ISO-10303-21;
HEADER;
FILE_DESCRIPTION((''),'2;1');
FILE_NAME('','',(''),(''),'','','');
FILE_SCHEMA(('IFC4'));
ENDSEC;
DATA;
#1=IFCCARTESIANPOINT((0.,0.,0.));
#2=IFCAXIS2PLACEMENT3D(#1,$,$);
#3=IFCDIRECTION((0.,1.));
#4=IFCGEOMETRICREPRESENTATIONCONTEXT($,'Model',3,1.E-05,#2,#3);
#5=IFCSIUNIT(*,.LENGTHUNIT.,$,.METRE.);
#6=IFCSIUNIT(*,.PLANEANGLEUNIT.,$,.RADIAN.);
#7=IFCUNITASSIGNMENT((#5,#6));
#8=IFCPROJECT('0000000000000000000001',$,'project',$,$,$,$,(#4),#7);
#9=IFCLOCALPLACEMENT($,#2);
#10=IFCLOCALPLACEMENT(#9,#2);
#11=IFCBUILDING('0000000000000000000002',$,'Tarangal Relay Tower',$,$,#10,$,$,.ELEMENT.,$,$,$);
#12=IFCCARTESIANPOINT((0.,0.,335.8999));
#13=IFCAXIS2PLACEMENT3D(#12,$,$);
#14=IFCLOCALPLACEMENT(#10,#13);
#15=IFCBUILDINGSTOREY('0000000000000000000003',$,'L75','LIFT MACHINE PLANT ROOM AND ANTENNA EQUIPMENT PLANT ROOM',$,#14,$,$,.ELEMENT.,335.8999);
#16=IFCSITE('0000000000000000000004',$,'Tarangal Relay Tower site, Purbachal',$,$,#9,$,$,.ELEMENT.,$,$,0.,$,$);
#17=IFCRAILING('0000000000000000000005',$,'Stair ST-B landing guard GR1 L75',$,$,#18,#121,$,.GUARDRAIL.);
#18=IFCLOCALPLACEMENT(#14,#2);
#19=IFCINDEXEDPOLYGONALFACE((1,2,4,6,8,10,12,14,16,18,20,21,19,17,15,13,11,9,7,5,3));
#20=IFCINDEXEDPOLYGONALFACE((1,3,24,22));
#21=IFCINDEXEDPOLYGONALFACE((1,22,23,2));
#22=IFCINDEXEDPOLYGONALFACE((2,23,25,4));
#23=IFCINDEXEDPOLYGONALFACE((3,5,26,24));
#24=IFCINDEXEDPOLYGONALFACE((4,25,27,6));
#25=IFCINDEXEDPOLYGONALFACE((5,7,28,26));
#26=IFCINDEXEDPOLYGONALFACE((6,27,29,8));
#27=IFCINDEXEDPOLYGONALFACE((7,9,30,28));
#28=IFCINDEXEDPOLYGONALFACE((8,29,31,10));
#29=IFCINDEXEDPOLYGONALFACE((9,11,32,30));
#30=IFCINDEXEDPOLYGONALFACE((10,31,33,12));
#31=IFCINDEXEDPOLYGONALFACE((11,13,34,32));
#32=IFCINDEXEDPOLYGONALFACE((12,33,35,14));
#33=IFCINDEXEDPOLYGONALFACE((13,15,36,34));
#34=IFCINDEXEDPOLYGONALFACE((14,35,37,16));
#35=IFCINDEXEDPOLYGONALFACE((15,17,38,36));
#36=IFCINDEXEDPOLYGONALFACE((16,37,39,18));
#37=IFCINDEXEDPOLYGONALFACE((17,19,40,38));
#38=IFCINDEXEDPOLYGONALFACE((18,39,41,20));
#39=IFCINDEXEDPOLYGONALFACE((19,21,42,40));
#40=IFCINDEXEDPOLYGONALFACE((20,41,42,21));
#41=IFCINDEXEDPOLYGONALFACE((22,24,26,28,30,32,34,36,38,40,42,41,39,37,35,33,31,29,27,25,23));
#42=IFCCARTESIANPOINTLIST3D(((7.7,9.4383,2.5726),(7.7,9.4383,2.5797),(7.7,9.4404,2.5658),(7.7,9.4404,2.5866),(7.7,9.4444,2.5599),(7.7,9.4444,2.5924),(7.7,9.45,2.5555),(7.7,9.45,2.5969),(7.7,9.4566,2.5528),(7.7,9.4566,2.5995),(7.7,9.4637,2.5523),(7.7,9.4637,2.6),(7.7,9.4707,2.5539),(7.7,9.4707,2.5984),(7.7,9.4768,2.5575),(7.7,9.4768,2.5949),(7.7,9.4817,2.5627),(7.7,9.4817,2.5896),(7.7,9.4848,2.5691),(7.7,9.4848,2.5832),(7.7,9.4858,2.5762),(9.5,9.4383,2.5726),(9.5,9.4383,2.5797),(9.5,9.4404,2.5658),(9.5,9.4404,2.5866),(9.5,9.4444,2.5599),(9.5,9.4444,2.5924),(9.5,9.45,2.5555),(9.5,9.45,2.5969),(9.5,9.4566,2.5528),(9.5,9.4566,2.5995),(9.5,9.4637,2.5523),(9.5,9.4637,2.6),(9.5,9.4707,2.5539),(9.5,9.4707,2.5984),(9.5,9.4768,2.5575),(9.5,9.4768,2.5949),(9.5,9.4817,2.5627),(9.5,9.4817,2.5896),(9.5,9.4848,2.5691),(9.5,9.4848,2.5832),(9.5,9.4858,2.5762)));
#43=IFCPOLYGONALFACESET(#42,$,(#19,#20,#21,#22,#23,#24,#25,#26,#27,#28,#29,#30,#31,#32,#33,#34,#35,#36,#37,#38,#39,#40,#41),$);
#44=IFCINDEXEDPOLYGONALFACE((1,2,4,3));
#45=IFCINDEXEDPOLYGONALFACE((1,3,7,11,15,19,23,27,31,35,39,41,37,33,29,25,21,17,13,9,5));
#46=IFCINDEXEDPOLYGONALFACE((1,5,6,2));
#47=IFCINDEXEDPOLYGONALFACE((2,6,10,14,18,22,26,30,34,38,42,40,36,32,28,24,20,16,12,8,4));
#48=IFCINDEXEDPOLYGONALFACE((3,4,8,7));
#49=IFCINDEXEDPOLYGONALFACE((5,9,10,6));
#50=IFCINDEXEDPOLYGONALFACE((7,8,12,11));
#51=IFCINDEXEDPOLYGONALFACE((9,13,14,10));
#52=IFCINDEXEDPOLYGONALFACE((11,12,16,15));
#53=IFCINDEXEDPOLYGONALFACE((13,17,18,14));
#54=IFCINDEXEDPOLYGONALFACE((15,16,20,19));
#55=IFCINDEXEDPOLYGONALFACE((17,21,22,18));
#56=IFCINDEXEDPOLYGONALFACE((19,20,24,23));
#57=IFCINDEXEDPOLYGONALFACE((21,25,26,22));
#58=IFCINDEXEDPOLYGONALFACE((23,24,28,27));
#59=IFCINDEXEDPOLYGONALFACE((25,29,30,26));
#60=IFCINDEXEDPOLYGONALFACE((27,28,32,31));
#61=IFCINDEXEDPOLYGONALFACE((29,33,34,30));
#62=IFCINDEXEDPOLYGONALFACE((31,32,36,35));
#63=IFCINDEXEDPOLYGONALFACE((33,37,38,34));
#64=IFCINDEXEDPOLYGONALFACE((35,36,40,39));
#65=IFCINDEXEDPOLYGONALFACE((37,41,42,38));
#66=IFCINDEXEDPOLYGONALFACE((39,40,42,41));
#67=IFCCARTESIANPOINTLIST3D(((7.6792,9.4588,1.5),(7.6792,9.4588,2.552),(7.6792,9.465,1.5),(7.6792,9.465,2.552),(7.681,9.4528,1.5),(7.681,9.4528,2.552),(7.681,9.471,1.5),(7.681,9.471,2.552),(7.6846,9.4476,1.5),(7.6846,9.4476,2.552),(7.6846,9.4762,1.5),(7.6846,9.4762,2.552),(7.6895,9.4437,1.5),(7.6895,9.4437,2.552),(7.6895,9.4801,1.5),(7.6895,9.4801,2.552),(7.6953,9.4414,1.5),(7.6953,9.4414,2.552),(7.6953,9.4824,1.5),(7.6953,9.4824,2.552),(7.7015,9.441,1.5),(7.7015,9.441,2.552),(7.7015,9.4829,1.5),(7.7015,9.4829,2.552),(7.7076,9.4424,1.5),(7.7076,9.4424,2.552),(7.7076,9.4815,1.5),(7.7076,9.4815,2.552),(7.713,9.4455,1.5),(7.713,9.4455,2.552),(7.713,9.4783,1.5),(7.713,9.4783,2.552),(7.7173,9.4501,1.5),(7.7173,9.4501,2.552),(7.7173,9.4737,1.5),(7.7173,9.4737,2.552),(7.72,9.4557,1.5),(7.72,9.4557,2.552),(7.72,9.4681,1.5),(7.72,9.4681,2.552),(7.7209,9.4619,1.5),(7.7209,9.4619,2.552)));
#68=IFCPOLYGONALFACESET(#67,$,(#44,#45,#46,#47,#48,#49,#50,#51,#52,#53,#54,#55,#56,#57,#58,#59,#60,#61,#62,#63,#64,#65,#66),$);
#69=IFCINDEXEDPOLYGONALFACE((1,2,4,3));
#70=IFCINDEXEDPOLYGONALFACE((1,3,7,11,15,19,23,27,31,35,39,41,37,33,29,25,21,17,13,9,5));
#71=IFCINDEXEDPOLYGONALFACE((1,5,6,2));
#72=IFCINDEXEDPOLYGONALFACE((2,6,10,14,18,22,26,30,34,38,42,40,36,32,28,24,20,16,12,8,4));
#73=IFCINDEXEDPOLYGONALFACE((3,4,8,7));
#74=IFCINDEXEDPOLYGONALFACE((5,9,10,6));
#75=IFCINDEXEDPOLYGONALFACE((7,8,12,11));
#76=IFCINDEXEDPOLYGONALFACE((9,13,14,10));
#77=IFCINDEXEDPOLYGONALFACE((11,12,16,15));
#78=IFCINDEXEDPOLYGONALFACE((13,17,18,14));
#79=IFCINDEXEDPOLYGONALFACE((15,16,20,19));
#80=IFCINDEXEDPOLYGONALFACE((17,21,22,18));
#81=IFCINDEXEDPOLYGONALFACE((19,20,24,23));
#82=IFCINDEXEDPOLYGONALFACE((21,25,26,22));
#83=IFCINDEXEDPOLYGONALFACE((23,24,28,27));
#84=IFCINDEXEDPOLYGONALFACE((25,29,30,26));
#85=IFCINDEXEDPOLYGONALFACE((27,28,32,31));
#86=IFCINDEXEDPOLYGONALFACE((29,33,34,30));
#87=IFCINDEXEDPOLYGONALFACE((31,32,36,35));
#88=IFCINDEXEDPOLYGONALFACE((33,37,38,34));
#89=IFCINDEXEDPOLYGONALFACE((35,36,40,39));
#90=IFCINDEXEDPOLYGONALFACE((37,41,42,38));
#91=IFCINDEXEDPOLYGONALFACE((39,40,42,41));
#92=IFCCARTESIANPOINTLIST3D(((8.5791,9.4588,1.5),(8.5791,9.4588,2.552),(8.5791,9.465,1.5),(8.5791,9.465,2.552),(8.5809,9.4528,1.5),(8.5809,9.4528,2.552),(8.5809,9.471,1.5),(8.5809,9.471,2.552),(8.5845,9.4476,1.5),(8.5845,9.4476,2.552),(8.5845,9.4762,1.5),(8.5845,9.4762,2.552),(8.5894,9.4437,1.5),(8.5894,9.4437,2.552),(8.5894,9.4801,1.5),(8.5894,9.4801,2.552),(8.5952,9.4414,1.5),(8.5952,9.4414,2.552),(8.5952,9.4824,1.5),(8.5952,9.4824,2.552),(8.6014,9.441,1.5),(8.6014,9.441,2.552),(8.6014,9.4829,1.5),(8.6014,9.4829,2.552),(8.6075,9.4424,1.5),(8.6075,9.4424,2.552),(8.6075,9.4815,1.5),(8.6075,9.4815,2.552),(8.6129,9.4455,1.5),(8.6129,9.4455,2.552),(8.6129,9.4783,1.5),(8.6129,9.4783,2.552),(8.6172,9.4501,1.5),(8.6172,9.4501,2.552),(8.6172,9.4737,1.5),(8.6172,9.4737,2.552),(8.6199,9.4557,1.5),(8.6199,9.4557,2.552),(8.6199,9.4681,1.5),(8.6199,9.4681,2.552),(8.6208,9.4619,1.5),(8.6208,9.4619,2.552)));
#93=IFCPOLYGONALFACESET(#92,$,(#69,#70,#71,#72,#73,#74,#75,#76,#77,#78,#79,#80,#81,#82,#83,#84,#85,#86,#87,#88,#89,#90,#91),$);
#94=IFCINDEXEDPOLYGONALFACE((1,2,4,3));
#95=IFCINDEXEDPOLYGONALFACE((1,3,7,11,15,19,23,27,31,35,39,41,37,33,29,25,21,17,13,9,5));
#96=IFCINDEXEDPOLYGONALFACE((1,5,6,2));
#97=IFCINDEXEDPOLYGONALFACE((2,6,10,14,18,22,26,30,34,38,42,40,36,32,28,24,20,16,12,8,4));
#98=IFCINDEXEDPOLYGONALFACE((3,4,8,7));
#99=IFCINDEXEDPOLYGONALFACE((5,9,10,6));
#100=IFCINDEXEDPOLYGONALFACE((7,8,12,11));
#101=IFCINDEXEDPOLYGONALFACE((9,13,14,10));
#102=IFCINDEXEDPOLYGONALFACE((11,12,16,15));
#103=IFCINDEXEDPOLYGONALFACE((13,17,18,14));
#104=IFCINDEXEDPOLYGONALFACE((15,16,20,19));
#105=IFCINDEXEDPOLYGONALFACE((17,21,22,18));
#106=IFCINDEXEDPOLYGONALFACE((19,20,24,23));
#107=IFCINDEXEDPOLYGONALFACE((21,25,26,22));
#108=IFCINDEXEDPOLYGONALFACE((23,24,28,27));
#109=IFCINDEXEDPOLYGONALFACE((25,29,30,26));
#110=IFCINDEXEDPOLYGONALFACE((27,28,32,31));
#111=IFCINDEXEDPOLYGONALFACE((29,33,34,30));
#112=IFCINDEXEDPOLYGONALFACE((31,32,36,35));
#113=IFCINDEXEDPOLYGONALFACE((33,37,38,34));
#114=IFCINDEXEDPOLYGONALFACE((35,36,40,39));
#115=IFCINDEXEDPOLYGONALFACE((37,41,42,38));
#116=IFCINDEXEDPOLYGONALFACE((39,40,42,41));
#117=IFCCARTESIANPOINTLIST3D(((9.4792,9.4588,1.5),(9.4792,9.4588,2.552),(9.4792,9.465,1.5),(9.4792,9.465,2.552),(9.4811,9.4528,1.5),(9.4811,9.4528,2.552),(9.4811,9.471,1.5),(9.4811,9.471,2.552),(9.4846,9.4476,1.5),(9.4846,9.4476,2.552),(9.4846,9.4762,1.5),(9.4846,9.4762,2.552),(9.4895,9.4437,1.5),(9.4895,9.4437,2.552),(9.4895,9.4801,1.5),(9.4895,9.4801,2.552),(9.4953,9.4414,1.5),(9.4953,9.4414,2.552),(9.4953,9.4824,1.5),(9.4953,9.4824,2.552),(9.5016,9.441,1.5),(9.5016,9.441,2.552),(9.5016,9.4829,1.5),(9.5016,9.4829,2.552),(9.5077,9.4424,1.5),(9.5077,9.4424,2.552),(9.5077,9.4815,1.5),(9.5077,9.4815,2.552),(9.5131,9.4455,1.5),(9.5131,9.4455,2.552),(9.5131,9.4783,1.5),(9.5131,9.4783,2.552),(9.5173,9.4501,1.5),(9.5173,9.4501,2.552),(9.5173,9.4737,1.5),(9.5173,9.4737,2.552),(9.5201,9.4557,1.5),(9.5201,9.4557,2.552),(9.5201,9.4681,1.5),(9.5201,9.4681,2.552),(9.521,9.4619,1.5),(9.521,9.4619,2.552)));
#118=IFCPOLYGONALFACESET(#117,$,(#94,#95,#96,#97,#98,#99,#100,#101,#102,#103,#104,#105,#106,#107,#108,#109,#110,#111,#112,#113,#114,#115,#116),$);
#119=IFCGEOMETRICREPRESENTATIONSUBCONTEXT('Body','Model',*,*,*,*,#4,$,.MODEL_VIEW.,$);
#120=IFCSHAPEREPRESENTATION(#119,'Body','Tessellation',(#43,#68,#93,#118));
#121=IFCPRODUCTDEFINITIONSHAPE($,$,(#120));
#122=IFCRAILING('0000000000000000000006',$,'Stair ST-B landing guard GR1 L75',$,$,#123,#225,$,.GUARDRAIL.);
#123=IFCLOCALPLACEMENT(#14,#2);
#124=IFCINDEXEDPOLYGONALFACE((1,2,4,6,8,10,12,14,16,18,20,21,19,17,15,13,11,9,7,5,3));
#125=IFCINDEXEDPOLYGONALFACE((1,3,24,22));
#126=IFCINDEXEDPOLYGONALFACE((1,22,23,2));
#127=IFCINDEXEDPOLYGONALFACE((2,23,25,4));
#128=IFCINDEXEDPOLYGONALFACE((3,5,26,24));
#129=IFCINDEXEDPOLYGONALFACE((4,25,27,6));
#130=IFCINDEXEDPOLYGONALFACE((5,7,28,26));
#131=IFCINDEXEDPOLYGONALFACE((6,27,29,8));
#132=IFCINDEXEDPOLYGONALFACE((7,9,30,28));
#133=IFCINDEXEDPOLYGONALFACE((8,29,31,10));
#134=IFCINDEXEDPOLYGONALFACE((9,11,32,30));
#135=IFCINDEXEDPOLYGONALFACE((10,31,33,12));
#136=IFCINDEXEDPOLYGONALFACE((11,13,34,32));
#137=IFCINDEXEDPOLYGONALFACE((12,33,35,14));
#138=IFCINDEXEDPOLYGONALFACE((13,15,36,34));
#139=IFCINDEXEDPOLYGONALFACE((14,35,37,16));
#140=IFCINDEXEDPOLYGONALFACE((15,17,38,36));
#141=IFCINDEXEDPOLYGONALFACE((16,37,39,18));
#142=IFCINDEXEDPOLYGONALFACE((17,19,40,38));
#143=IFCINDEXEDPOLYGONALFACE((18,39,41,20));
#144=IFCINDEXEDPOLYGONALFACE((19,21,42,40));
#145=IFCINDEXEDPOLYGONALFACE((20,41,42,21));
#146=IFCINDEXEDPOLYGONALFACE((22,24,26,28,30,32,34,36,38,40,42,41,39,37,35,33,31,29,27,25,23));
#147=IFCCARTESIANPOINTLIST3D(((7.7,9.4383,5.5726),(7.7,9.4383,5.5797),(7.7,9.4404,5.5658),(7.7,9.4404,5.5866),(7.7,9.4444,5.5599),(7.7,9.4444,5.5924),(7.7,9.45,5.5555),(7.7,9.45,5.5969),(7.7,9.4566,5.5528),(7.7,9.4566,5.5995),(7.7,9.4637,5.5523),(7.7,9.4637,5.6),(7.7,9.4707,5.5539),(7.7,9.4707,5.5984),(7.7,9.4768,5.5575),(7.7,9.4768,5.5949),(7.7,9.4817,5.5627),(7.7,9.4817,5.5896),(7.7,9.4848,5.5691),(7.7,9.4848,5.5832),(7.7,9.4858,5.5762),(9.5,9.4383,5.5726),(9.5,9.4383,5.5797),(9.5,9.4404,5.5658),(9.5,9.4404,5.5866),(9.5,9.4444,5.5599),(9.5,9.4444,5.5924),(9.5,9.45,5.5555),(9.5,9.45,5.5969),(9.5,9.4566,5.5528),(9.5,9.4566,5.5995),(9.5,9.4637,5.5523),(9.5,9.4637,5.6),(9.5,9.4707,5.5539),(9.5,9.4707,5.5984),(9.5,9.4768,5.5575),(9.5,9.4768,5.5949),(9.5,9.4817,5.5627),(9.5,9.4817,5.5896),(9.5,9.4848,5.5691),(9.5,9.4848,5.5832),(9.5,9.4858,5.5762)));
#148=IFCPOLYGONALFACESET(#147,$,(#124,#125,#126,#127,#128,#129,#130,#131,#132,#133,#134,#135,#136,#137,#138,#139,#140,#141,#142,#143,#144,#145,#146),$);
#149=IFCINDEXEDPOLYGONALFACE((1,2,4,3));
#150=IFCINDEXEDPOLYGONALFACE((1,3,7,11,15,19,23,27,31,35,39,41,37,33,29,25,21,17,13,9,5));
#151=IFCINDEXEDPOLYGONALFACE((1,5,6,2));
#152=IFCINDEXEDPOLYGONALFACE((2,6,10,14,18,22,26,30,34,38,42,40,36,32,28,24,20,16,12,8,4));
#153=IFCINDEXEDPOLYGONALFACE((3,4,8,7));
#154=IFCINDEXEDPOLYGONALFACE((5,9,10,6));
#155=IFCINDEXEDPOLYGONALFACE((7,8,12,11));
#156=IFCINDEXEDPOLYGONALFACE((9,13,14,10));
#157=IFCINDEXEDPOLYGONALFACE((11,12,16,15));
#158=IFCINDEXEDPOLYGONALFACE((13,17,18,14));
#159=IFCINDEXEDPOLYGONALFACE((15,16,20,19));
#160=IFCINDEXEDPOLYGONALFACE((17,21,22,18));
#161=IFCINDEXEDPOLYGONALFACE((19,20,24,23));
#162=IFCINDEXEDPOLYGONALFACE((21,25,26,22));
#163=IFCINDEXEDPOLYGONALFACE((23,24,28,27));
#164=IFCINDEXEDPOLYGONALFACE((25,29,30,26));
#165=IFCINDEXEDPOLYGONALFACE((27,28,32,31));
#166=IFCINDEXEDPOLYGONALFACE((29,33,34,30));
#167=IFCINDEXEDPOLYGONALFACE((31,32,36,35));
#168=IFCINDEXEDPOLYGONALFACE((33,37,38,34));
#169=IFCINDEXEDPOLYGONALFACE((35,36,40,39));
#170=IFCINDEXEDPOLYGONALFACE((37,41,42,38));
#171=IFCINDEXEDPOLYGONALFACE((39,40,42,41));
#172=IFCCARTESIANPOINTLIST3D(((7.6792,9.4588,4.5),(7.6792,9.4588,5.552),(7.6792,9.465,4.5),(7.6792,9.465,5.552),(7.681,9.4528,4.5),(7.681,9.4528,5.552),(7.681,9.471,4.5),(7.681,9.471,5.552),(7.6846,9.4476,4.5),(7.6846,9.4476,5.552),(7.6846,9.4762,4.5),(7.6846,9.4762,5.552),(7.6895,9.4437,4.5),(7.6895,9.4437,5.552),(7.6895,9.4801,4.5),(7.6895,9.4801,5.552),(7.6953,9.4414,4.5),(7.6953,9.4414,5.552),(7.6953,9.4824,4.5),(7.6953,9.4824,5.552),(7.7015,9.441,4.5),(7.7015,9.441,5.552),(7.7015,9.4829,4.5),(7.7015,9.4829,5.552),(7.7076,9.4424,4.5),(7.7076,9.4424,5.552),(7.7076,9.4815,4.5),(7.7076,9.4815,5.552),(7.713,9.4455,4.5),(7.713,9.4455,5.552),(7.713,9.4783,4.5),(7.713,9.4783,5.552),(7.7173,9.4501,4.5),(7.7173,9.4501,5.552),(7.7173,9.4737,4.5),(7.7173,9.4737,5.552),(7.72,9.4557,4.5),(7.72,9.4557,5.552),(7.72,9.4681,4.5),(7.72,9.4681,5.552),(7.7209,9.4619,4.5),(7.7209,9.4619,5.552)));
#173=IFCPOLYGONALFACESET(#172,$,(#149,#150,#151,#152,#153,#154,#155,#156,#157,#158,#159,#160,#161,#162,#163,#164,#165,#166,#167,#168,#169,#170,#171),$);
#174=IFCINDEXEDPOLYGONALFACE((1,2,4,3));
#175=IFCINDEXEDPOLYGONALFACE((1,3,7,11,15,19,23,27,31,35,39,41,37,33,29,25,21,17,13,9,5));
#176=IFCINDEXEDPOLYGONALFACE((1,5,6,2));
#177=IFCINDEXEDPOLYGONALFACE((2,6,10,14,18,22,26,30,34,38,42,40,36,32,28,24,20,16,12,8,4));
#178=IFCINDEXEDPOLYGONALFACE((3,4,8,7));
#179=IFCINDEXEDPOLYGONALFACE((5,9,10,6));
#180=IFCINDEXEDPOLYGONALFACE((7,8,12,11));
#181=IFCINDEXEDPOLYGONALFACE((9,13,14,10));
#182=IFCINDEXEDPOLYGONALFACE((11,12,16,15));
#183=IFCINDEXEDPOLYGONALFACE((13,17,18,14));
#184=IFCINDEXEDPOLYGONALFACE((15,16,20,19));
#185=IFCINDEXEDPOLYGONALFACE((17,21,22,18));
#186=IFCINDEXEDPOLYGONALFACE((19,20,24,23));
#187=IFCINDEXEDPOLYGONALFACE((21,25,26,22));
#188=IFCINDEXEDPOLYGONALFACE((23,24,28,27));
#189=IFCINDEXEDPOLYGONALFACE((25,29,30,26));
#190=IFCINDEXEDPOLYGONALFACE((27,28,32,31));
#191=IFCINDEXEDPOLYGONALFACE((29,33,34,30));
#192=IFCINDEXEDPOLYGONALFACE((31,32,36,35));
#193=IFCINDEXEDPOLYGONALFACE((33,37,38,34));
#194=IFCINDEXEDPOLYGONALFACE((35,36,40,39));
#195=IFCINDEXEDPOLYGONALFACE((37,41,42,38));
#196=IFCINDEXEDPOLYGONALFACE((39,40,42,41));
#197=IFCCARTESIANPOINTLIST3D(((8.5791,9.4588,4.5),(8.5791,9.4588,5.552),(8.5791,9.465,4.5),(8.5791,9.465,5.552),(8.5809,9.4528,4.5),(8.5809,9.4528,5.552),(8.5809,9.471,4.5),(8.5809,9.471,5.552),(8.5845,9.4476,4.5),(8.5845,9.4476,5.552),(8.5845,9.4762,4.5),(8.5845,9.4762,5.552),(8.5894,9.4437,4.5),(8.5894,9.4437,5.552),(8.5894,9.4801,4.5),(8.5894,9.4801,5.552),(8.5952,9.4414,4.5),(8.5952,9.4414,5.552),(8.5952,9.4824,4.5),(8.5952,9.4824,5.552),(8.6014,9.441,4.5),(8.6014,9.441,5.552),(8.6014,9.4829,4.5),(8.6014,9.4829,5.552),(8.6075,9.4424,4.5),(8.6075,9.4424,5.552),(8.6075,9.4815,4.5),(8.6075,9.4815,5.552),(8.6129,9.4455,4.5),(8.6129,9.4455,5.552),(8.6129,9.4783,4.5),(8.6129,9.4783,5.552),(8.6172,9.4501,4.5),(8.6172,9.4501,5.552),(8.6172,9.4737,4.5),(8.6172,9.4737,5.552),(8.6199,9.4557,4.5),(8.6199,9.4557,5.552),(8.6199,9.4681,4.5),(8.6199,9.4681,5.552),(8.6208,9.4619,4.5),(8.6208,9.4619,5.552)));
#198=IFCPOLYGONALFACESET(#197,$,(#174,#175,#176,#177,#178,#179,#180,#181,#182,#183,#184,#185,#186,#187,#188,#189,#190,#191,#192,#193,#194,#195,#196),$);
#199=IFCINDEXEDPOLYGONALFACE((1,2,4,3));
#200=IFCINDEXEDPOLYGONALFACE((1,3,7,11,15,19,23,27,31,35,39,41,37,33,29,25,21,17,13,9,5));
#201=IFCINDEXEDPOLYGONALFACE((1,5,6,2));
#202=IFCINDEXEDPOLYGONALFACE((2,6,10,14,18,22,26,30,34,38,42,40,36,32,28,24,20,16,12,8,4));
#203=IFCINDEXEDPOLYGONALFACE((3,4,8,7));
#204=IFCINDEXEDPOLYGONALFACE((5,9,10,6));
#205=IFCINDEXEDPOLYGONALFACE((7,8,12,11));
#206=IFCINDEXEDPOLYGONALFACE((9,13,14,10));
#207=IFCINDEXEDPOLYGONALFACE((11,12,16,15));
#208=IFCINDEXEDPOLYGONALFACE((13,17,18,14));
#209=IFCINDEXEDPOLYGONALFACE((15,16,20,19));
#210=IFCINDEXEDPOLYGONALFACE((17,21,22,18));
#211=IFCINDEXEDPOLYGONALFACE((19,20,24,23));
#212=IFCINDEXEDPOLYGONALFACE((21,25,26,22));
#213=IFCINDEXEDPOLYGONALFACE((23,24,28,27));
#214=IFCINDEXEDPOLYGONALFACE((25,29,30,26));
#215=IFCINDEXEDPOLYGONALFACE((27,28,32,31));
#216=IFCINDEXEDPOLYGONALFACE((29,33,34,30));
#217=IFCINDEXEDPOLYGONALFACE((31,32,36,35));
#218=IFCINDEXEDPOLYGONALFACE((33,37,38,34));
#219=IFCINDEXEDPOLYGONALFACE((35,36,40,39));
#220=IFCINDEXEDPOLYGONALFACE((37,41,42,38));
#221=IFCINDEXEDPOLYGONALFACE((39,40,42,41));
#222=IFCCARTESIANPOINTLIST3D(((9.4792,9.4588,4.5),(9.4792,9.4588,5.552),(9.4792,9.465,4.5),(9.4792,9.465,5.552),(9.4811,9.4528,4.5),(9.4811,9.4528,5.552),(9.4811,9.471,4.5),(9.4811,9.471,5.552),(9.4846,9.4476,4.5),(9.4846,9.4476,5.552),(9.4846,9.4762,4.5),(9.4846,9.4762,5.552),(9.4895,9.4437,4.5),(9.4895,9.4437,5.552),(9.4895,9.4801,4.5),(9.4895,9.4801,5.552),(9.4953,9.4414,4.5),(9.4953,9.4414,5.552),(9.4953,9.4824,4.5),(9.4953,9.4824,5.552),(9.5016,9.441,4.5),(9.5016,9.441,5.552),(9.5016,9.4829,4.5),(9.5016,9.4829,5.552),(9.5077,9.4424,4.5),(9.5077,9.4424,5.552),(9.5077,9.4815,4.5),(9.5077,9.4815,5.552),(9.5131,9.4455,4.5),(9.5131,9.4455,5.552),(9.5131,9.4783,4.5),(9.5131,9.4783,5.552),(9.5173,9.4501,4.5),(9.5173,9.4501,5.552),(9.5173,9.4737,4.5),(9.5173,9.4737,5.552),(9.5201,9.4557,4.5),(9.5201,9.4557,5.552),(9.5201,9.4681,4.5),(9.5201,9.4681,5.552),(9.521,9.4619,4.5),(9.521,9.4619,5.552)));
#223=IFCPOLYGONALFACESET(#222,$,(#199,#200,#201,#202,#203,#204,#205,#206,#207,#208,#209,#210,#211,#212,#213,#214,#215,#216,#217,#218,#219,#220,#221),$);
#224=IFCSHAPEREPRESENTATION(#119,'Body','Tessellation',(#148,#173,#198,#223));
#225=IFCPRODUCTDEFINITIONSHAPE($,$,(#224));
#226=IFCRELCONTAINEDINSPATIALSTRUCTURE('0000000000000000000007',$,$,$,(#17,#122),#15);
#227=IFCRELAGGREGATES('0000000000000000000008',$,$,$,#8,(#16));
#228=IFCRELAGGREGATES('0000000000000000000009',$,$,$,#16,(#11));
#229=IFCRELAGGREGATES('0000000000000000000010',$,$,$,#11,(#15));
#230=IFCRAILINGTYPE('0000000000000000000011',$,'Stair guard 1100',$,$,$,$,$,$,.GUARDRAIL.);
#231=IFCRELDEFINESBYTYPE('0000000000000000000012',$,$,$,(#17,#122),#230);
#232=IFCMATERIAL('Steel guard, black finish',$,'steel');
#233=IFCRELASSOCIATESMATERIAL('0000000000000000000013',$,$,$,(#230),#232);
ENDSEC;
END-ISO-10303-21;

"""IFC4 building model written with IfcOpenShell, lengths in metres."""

from ifc_helpers import new_model, si_unit, direction, frame, origin, origin_2d, place, context, subcontext, project, spatial, circle, extrude, material, type_object, element, save


model = new_model("IFC4")

# Units and contexts
model_context = context("Model", 3, precision=1e-05, world=origin(), true_north=direction((0.0, 1.0)))
body_context = subcontext(model_context, "Body", "Model", "MODEL_VIEW")
ifc_project = project(units=[si_unit("LENGTHUNIT", "METRE"), si_unit("PLANEANGLEUNIT", "RADIAN")], contexts=[model_context])

# Site, building, storey
site_placement = place(None, origin())
site = spatial("IfcSite", under=ifc_project, at=site_placement, Name="Tarangal Relay Tower site, Purbachal", CompositionType="ELEMENT", RefElevation=0.0)
building_placement = place(site_placement, origin())
building = spatial("IfcBuilding", under=site, at=building_placement, Name="Tarangal Relay Tower", CompositionType="ELEMENT")
storey_placement = place(building_placement, frame((0.0, 0.0, 335.8999)))
storey = spatial("IfcBuildingStorey", under=building, at=storey_placement, Name="L75", Description="LIFT MACHINE PLANT ROOM AND ANTENNA EQUIPMENT PLANT ROOM", CompositionType="ELEMENT", Elevation=335.8999)

# Railings
ifc_material_1 = material(Name="Steel guard, black finish", Category="steel")
railing_type_1 = type_object("IfcRailingType", Name="Stair guard 1100", PredefinedType="GUARDRAIL", material=ifc_material_1)
for number, where, name in (
    (1, (7.7, 9.4619, 1.5), "Stair ST-B landing guard GR1 L75"),
    (2, (7.7, 9.4619, 4.5), "Stair ST-B landing guard GR1 L75"),
):
    element("IfcRailing", number, at=place(storey_placement, frame(where)), inside=storey, type_object=railing_type_1, Name=name, PredefinedType="GUARDRAIL", context=body_context, shape_type="SweptSolid", body=[
        extrude(circle(Radius=0.0239, at=origin_2d()), frame((0.0, 0.0, 1.0762), z_axis=(1.0, 0.0, 0.0), x_axis=(0.0, 1.0, 0.0)), (0.0, 0.0, 1.0), 1.8),
        extrude(circle(Radius=0.021, at=origin_2d()), origin(), (0.0, 0.0, 1.0), 1.052),
        extrude(circle(Radius=0.021, at=origin_2d()), frame((0.8999, 0.0, 0.0)), (0.0, 0.0, 1.0), 1.052),
        extrude(circle(Radius=0.021, at=origin_2d()), frame((1.8, 0.0, 0.0)), (0.0, 0.0, 1.0), 1.052),
    ])

save(model, "model.ifc")
